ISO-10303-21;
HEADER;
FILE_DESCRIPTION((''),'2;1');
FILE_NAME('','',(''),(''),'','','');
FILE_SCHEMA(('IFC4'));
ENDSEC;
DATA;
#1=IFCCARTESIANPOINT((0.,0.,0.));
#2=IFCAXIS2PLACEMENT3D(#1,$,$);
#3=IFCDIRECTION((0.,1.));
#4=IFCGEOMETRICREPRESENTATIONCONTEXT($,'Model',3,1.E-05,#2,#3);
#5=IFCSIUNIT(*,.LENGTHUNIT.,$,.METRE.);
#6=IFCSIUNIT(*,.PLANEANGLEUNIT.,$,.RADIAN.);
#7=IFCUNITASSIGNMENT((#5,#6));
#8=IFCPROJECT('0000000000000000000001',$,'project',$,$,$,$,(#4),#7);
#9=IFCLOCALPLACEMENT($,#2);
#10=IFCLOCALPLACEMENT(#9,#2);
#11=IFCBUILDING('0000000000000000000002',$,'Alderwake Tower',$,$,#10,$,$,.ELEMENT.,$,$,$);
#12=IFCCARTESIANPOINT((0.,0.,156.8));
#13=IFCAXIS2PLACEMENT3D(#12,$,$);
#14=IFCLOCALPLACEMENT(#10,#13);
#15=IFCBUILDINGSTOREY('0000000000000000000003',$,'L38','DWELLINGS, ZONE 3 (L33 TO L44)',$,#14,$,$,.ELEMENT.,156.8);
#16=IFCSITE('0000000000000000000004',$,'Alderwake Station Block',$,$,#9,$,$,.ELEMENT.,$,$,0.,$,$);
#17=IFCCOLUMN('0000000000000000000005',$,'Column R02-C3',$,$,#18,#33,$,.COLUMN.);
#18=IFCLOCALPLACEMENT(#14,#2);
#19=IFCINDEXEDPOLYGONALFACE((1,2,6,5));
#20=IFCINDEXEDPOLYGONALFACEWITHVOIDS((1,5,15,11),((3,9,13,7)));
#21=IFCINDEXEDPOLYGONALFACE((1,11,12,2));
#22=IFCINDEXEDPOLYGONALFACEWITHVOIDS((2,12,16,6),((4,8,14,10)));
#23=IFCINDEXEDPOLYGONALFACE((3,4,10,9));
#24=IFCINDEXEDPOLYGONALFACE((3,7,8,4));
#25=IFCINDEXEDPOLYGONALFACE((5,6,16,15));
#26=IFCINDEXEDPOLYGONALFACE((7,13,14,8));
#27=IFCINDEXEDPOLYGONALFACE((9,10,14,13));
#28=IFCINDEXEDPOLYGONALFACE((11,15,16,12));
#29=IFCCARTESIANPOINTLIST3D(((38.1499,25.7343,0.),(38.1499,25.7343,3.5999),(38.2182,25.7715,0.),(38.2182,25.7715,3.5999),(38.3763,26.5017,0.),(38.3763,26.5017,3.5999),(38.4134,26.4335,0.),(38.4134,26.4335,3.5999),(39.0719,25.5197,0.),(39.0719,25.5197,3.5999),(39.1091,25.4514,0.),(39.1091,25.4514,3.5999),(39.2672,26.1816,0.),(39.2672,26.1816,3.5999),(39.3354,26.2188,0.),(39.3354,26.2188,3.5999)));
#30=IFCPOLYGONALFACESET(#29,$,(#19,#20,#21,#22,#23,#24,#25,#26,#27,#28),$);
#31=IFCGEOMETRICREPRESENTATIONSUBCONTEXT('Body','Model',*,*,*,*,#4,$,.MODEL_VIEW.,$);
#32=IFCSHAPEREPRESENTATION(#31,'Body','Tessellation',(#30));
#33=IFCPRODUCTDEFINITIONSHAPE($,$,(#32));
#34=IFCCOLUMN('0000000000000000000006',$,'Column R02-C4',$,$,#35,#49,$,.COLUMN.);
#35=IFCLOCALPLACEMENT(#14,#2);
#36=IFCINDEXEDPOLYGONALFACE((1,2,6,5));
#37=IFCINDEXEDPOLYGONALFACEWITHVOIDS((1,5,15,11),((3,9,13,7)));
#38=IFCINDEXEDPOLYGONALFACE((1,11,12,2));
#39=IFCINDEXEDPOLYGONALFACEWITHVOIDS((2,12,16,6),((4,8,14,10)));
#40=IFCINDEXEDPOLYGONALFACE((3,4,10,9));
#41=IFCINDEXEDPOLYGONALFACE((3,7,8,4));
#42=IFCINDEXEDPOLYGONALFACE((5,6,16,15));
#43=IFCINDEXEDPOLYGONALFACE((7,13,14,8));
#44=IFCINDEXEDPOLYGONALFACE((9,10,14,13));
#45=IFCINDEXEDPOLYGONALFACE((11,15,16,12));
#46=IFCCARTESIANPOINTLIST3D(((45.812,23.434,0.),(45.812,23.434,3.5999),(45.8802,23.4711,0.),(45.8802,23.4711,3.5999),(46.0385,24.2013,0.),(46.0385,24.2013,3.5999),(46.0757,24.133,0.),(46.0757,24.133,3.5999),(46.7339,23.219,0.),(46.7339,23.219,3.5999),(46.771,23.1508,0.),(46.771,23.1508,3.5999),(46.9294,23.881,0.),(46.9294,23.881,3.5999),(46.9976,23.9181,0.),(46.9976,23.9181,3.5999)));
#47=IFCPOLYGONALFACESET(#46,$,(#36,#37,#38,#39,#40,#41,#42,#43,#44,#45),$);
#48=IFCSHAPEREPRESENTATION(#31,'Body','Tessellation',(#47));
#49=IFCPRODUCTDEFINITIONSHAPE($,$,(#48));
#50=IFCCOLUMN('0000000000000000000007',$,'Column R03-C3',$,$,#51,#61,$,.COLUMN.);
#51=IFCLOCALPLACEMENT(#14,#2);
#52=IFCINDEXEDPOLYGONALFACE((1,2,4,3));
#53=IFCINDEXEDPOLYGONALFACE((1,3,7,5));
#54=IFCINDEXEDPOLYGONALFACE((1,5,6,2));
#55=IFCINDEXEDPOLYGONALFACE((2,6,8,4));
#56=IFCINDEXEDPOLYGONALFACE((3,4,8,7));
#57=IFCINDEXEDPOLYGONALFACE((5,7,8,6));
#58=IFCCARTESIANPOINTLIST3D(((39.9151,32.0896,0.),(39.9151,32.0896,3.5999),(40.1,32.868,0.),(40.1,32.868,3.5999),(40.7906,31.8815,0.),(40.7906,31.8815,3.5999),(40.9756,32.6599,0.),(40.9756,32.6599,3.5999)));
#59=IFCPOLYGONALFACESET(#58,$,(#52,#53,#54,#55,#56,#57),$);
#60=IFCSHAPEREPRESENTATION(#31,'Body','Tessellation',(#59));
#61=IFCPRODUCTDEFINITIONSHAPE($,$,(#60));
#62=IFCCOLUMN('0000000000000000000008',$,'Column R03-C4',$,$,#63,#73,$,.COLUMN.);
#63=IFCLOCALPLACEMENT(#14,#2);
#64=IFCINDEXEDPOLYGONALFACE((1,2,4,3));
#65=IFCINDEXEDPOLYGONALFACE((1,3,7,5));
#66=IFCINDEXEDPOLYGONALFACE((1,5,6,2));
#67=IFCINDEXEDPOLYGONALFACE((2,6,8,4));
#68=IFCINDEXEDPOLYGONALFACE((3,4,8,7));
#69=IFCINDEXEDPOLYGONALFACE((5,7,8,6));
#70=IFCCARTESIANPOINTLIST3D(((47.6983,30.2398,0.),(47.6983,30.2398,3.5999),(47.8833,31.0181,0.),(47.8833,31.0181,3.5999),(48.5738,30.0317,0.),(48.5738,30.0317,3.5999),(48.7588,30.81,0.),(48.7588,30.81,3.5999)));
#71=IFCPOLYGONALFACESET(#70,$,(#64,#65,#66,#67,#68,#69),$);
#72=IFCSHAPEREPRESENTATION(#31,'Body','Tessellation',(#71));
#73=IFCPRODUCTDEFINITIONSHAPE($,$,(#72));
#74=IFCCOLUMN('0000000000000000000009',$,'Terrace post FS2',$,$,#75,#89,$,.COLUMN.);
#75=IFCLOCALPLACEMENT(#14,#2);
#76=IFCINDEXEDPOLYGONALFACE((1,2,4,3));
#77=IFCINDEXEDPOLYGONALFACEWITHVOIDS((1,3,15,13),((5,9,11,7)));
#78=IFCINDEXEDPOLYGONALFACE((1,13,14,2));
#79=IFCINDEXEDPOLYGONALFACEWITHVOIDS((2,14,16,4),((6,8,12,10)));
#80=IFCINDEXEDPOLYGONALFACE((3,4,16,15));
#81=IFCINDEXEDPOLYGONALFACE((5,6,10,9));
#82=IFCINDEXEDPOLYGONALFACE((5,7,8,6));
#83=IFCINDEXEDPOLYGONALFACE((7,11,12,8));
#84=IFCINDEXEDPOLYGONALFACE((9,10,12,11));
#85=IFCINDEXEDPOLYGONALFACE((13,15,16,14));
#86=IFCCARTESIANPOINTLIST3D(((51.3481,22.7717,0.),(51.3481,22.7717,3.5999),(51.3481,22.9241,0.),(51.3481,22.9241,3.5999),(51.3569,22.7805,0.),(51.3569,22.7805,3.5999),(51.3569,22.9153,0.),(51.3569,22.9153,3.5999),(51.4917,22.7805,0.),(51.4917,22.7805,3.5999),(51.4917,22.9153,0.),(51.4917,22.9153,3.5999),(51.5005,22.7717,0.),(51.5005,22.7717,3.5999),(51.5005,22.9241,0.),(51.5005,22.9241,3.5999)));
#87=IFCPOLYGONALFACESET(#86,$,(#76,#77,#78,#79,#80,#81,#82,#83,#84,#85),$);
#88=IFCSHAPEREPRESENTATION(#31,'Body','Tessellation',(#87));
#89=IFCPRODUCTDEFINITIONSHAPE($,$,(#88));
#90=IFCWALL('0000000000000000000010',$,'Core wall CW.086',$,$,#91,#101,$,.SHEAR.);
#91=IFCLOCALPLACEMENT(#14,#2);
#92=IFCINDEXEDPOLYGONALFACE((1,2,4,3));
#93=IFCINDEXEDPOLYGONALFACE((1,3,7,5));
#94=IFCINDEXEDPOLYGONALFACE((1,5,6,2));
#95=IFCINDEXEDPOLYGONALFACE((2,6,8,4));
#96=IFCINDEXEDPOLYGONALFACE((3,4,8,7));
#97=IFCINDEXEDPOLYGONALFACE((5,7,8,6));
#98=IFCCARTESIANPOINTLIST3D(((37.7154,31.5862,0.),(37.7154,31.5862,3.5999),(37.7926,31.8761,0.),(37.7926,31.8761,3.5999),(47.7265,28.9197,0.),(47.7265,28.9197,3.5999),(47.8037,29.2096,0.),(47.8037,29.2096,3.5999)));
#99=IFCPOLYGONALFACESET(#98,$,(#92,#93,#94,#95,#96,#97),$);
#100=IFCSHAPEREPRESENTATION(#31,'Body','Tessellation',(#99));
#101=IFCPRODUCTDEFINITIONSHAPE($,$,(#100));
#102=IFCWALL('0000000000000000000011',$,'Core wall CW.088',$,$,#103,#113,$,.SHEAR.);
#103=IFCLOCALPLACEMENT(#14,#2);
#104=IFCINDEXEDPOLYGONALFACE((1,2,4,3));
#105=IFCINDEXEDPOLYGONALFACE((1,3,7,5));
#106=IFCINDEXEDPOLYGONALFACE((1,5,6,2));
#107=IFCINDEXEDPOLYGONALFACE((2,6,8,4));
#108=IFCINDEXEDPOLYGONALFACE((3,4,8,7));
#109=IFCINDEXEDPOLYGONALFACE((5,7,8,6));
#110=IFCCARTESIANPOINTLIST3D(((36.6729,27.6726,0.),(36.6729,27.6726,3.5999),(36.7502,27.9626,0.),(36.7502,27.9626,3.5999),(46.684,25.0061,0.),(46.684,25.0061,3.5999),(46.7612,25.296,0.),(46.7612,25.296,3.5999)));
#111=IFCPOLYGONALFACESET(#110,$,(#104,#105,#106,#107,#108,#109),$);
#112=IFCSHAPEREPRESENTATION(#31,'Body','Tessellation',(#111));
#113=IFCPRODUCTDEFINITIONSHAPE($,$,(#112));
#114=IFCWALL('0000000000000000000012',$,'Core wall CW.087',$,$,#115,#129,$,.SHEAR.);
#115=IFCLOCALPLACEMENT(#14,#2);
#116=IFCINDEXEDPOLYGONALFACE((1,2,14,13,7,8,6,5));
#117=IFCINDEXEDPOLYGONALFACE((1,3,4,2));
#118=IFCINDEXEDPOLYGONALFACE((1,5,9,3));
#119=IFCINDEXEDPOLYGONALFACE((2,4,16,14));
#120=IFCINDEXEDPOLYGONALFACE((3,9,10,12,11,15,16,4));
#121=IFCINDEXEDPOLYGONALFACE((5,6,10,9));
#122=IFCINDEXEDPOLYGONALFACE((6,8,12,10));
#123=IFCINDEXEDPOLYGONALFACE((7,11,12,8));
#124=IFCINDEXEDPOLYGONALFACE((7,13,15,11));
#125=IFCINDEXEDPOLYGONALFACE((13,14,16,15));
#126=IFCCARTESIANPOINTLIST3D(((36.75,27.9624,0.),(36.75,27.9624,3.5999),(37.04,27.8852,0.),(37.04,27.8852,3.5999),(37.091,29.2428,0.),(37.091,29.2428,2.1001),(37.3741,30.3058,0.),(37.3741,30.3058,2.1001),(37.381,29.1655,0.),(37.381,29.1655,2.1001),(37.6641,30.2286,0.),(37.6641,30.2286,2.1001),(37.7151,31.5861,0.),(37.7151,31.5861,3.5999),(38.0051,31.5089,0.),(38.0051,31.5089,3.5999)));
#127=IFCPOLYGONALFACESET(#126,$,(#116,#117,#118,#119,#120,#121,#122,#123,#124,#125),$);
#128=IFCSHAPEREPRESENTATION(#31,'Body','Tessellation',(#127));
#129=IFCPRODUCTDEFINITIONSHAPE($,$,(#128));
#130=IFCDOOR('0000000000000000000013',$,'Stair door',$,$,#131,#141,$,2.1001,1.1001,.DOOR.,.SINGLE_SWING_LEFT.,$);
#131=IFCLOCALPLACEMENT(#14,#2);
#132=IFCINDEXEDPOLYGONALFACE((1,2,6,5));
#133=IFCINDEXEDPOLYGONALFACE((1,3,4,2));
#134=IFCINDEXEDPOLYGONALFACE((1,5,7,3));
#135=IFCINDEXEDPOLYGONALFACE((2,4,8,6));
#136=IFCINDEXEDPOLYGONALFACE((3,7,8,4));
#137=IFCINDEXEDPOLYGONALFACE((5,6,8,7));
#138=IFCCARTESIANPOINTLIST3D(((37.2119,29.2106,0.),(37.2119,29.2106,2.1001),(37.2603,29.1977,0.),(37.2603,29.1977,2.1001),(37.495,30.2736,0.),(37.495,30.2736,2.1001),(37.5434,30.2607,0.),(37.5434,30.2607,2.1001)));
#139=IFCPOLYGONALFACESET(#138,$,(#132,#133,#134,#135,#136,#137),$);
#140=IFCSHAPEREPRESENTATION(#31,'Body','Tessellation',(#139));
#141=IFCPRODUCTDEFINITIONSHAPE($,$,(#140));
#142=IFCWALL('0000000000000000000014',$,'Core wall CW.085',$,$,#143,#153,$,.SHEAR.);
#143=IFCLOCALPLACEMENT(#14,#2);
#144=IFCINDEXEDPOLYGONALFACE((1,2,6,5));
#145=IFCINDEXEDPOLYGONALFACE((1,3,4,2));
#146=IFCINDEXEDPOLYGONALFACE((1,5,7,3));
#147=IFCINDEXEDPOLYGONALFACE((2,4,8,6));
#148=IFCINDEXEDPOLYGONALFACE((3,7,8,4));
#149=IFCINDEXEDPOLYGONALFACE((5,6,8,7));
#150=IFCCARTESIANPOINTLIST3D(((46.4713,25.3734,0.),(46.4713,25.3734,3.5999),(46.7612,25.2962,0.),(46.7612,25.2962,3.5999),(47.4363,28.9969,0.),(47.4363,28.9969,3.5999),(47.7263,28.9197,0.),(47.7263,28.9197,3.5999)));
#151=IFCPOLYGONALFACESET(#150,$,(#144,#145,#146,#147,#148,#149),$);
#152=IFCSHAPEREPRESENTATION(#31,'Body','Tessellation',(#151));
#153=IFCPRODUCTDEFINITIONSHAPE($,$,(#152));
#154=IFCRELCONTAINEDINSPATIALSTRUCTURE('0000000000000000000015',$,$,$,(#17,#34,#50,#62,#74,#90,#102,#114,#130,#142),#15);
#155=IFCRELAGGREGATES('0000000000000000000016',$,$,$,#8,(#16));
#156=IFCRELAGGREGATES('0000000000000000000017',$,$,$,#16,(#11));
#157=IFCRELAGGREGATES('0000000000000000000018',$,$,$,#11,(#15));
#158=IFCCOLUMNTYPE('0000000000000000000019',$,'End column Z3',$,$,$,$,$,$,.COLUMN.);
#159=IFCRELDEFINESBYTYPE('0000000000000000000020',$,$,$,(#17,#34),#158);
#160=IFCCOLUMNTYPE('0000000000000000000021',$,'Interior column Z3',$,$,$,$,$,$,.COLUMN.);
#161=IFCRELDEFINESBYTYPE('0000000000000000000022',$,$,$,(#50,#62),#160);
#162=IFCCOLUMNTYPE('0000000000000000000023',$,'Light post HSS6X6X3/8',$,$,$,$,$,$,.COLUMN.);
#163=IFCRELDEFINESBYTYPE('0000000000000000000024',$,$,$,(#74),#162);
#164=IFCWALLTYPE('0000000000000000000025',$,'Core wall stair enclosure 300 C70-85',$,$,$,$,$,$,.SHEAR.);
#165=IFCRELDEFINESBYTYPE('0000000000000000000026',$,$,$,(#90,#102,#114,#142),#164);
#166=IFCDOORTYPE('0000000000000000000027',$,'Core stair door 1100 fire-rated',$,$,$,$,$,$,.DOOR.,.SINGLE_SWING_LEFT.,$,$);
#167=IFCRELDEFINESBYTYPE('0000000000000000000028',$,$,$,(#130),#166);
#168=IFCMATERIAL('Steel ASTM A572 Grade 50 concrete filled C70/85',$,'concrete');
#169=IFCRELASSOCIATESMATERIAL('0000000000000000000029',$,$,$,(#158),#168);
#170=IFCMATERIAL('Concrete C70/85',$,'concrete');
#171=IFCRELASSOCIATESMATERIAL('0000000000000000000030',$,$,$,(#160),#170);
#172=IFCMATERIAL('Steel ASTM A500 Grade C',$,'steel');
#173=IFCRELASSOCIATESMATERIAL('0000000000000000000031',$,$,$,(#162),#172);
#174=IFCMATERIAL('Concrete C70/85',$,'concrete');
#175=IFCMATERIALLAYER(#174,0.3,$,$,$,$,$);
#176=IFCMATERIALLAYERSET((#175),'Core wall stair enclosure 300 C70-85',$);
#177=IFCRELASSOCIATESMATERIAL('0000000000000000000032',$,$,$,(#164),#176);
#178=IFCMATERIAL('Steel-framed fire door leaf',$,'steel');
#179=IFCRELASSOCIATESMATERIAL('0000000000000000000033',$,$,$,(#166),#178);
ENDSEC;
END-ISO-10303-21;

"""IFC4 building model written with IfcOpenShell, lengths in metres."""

from ifc_helpers import new_model, si_unit, direction, frame, frame_2d, origin, origin_2d, place, context, subcontext, project, spatial, rectangle, hollow_rectangle, extrude, material, layer, layer_set, material_profile, profile_set, type_object, element, fill, save


model = new_model("IFC4")

# Units and contexts
model_context = context("Model", 3, precision=1e-05, world=origin(), true_north=direction((0.0, 1.0)))
body_context = subcontext(model_context, "Body", "Model", "MODEL_VIEW")
ifc_project = project(units=[si_unit("LENGTHUNIT", "METRE"), si_unit("PLANEANGLEUNIT", "RADIAN")], contexts=[model_context])

# Site, building, storey
site_placement = place(None, origin())
site = spatial("IfcSite", under=ifc_project, at=site_placement, Name="Alderwake Station Block", CompositionType="ELEMENT", RefElevation=0.0)
building_placement = place(site_placement, origin())
building = spatial("IfcBuilding", under=site, at=building_placement, Name="Alderwake Tower", CompositionType="ELEMENT")
storey_placement = place(building_placement, frame((0.0, 0.0, 156.8)))
storey = spatial("IfcBuildingStorey", under=building, at=storey_placement, Name="L38", Description="DWELLINGS, ZONE 3 (L33 TO L44)", CompositionType="ELEMENT", Elevation=156.8)

# Columns
ifc_material_1 = material(Name="Steel ASTM A572 Grade 50 concrete filled C70/85", Category="concrete")
ifc_material_profile_1 = material_profile(ifc_material_1, hollow_rectangle(XDim=0.8, YDim=1.0, WallThickness=0.0549, at=origin_2d()), Name="BOX 1000X800X55")
ifc_profile_set_1 = profile_set([ifc_material_profile_1], Name="Steel ASTM A572 Grade 50 concrete filled C70/85")
column_type_1 = type_object("IfcColumnType", Name="End column Z3", PredefinedType="COLUMN", material=ifc_profile_set_1)
for number, where, z_axis, x_axis, name in (
    (1, (38.7427, 25.9766, 0.0), (0.0, 0.0, 1.0), (0.282904, 0.959148, 0.0), "Column R02-C3"),
    (2, (46.4048, 23.676, 0.0), (0.0, 0.0, 1.0), (0.283185, 0.959065, 0.0), "Column R02-C4"),
):
    element("IfcColumn", number, at=place(storey_placement, frame(where, z_axis=z_axis, x_axis=x_axis)), inside=storey, type_object=column_type_1, Name=name, PredefinedType="COLUMN", context=body_context, shape_type="SweptSolid", body=[
        extrude(hollow_rectangle(XDim=0.8, YDim=1.0, WallThickness=0.0549, at=origin_2d()), origin(), (0.0, 0.0, 1.0), 3.5999),
    ])
ifc_material_2 = material(Name="Concrete C70/85", Category="concrete")
ifc_material_profile_2 = material_profile(ifc_material_2, rectangle(XDim=0.8, YDim=0.8999, at=origin_2d()), Name="RC 900X800")
ifc_profile_set_2 = profile_set([ifc_material_profile_2], Name="Concrete C70/85")
column_type_2 = type_object("IfcColumnType", Name="Interior column Z3", PredefinedType="COLUMN", material=ifc_profile_set_2)
for number, where, z_axis, x_axis, name in (
    (3, (40.4453, 32.3748, 0.0), (0.0, 0.0, 1.0), (0.231222, 0.972901, 0.0), "Column R03-C3"),
    (4, (48.2285, 30.5249, 0.0), (0.0, 0.0, 1.0), (0.231222, 0.972901, 0.0), "Column R03-C4"),
):
    element("IfcColumn", number, at=place(storey_placement, frame(where, z_axis=z_axis, x_axis=x_axis)), inside=storey, type_object=column_type_2, Name=name, PredefinedType="COLUMN", context=body_context, shape_type="SweptSolid", body=[
        extrude(rectangle(XDim=0.8, YDim=0.8999, at=origin_2d()), origin(), (0.0, 0.0, 1.0), 3.5999),
    ])
ifc_material_3 = material(Name="Steel ASTM A500 Grade C", Category="steel")
ifc_material_profile_3 = material_profile(ifc_material_3, hollow_rectangle(XDim=0.1523, YDim=0.1523, WallThickness=0.0088, at=origin_2d()), Name="HSS6X6X3/8")
ifc_profile_set_3 = profile_set([ifc_material_profile_3], Name="Steel ASTM A500 Grade C")
column_type_3 = type_object("IfcColumnType", Name="Light post HSS6X6X3/8", PredefinedType="COLUMN", material=ifc_profile_set_3)
column_placement = place(storey_placement, frame((51.4243, 22.8479, 0.0), z_axis=(0.0, 0.0, 1.0), x_axis=(1.0, 0.0, 0.0)))
element("IfcColumn", 5, at=column_placement, inside=storey, type_object=column_type_3, Name="Terrace post FS2", PredefinedType="COLUMN", context=body_context, shape_type="SweptSolid", body=[
    extrude(hollow_rectangle(XDim=0.1523, YDim=0.1523, WallThickness=0.0088, at=origin_2d()), origin(), (0.0, 0.0, 1.0), 3.5999),
])

# Walls
ifc_material_4 = material(Name="Concrete C70/85", Category="concrete")
ifc_layer_1 = layer(ifc_material_4, 0.3)
ifc_layer_set_1 = layer_set([ifc_layer_1], Name="Core wall stair enclosure 300 C70-85")
wall_type_1 = type_object("IfcWallType", Name="Core wall stair enclosure 300 C70-85", PredefinedType="SHEAR", material=ifc_layer_set_1)
for number, where, z_axis, x_axis, name in (
    (6, (37.7539, 31.7312, 0.0), (0.0, 0.0, 1.0), (0.966309, -0.257384, 0.0), "Core wall CW.086"),
    (7, (36.7114, 27.8176, 0.0), (0.0, 0.0, 1.0), (0.966309, -0.257384, 0.0), "Core wall CW.088"),
):
    element("IfcWall", number, at=place(storey_placement, frame(where, z_axis=z_axis, x_axis=x_axis)), inside=storey, type_object=wall_type_1, Name=name, PredefinedType="SHEAR", context=body_context, shape_type="SweptSolid", body=[
        extrude(rectangle(XDim=10.3601, YDim=0.3, at=frame_2d((5.1802, 0.0))), origin(), (0.0, 0.0, 1.0), 3.5999),
    ])

# Wall, opening, door
wall_1_placement = place(storey_placement, frame((36.895, 27.9238, 0.0), z_axis=(0.0, 0.0, 1.0), x_axis=(0.257351, 0.966318, 0.0)))
wall_1 = element("IfcWall", 8, at=wall_1_placement, inside=storey, type_object=wall_type_1, Name="Core wall CW.087", PredefinedType="SHEAR", context=body_context, shape_type="SweptSolid", body=[
    extrude(rectangle(XDim=3.75, YDim=0.3, at=frame_2d((1.875, 0.0))), origin(), (0.0, 0.0, 1.0), 3.5999),
])
opening_1_placement = place(wall_1_placement, frame((1.325, 0.0, 0.0)))
opening_1 = element("IfcOpeningElement", 9, at=opening_1_placement, cuts=wall_1, PredefinedType="OPENING", context=body_context, shape_type="SweptSolid", body=[
    extrude(rectangle(XDim=1.1001, YDim=2.1001, at=frame_2d((0.55, 1.05))), frame((0.0, 0.1599, 0.0), z_axis=(0.0, -1.0, 0.0), x_axis=(1.0, 0.0, 0.0)), (0.0, 0.0, 1.0), 0.3201),
])
ifc_material_5 = material(Name="Steel-framed fire door leaf", Category="steel")
door_type = type_object("IfcDoorType", Name="Core stair door 1100 fire-rated", OperationType="SINGLE_SWING_LEFT", PredefinedType="DOOR", material=ifc_material_5)
door_placement = place(opening_1_placement, origin())
door = element("IfcDoor", 10, at=door_placement, inside=storey, type_object=door_type, Name="Stair door", OperationType="SINGLE_SWING_LEFT", OverallHeight=2.1001, OverallWidth=1.1001, PredefinedType="DOOR", context=body_context, shape_type="SweptSolid", body=[
    extrude(rectangle(XDim=1.1001, YDim=2.1001, at=frame_2d((0.55, 1.05))), frame((0.0, 0.0249, 0.0), z_axis=(0.0, -1.0, 0.0), x_axis=(1.0, 0.0, 0.0)), (0.0, 0.0, 1.0), 0.05),
])
fill(opening_1, door)

# Wall
wall_2_placement = place(storey_placement, frame((46.6162, 25.3347, 0.0), z_axis=(0.0, 0.0, 1.0), x_axis=(0.257367, 0.966314, 0.0)))
element("IfcWall", 11, at=wall_2_placement, inside=storey, type_object=wall_type_1, Name="Core wall CW.085", PredefinedType="SHEAR", context=body_context, shape_type="SweptSolid", body=[
    extrude(rectangle(XDim=3.7498, YDim=0.3, at=frame_2d((1.875, 0.0))), origin(), (0.0, 0.0, 1.0), 3.5999),
])

save(model, "model.ifc")
